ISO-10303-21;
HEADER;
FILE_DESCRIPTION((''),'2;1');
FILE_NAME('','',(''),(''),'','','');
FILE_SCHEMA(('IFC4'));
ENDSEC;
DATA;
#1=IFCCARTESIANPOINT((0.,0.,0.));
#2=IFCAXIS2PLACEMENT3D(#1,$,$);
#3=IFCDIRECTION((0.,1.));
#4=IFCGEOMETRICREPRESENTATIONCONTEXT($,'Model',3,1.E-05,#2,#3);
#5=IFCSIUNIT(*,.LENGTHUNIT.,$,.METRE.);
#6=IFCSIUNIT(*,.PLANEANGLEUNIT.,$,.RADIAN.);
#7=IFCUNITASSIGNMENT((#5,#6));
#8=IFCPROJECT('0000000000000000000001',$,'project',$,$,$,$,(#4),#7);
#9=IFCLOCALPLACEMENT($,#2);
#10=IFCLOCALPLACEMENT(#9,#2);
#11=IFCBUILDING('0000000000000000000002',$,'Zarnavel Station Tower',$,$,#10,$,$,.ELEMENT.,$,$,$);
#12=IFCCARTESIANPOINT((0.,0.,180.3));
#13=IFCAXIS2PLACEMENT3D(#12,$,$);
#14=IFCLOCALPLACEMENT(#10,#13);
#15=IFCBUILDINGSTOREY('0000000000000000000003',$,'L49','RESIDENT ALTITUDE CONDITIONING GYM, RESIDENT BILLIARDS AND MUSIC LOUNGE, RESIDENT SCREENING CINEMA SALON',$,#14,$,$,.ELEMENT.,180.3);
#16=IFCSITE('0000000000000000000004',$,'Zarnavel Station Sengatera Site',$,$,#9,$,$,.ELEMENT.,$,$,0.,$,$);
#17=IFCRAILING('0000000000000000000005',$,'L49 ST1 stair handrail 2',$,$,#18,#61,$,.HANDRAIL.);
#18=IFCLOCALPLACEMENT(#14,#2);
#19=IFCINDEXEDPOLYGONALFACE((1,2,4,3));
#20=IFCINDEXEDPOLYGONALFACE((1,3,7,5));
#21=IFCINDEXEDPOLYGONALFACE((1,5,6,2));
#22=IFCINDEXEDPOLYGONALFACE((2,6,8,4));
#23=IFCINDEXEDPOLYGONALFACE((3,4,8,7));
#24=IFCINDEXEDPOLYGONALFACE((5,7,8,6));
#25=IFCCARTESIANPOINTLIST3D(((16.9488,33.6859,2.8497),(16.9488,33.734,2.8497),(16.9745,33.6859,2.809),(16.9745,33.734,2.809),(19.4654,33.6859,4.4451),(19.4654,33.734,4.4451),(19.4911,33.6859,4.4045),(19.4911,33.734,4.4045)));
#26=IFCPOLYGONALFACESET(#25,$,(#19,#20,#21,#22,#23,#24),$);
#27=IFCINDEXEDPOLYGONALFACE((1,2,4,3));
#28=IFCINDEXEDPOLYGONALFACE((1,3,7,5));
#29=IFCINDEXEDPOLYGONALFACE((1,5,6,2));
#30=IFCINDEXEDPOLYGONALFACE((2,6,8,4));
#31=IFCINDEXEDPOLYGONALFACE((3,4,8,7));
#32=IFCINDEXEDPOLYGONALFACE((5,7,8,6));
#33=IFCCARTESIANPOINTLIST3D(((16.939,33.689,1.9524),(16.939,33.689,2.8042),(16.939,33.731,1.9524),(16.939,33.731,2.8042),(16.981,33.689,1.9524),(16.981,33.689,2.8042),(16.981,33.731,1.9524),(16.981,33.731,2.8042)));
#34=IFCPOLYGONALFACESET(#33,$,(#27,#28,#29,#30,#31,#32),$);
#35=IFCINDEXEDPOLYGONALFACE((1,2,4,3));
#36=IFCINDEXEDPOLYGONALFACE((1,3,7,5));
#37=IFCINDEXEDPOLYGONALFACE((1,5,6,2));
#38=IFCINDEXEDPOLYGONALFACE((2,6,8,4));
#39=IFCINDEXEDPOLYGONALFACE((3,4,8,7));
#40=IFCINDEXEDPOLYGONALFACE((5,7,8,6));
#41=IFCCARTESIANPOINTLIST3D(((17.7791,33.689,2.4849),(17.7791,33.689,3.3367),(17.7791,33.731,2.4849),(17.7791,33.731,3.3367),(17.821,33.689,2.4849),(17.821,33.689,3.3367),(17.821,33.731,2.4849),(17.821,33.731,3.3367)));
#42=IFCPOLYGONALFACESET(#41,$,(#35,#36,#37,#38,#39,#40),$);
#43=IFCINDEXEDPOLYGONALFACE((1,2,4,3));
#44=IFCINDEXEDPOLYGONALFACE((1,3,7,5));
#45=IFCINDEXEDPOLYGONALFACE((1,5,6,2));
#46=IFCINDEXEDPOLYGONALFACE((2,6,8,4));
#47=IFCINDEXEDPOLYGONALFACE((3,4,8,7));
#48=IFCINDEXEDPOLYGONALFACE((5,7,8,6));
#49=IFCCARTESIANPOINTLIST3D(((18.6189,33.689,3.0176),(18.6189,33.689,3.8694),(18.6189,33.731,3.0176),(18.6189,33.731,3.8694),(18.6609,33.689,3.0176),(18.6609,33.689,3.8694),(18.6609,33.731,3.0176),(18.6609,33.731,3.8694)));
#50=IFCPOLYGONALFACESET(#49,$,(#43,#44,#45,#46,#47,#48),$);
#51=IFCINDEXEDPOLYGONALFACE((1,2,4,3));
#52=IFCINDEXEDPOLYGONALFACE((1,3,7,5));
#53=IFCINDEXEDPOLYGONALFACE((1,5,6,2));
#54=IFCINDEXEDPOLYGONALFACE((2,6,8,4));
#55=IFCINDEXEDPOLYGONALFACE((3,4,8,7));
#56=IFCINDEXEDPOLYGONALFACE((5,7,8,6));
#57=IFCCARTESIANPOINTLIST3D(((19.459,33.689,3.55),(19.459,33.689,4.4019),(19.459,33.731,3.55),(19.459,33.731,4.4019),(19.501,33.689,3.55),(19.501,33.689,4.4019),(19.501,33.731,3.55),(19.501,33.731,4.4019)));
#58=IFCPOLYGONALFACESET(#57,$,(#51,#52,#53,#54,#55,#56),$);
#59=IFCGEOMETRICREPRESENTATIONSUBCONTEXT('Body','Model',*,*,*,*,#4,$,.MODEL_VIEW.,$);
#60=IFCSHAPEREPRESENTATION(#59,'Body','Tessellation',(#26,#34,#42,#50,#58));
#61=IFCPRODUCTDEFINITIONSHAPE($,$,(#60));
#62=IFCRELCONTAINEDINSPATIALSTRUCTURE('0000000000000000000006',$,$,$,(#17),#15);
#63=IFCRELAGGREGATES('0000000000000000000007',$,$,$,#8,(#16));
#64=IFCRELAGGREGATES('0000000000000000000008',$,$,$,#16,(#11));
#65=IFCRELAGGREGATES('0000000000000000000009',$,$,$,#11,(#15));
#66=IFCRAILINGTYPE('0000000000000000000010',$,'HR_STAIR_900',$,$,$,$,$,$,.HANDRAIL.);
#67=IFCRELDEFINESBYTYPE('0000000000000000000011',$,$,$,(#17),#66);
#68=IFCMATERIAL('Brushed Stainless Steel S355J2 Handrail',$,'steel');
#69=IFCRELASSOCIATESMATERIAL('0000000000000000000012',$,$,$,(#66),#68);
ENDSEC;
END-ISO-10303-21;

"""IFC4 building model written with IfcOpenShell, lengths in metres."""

from ifc_helpers import new_model, si_unit, direction, frame, origin, origin_2d, place, context, subcontext, project, spatial, rectangle, extrude, material, type_object, element, save


model = new_model("IFC4")

# Units and contexts
model_context = context("Model", 3, precision=1e-05, world=origin(), true_north=direction((0.0, 1.0)))
body_context = subcontext(model_context, "Body", "Model", "MODEL_VIEW")
ifc_project = project(units=[si_unit("LENGTHUNIT", "METRE"), si_unit("PLANEANGLEUNIT", "RADIAN")], contexts=[model_context])

# Site, building, storey
site_placement = place(None, origin())
site = spatial("IfcSite", under=ifc_project, at=site_placement, Name="Zarnavel Station Sengatera Site", CompositionType="ELEMENT", RefElevation=0.0)
building_placement = place(site_placement, origin())
building = spatial("IfcBuilding", under=site, at=building_placement, Name="Zarnavel Station Tower", CompositionType="ELEMENT")
storey_placement = place(building_placement, frame((0.0, 0.0, 180.3)))
storey = spatial("IfcBuildingStorey", under=building, at=storey_placement, Name="L49", Description="RESIDENT ALTITUDE CONDITIONING GYM, RESIDENT BILLIARDS AND MUSIC LOUNGE, RESIDENT SCREENING CINEMA SALON", CompositionType="ELEMENT", Elevation=180.3)

# Railing
ifc_material_1 = material(Name="Brushed Stainless Steel S355J2 Handrail", Category="steel")
railing_type_1 = type_object("IfcRailingType", Name="HR_STAIR_900", PredefinedType="HANDRAIL", material=ifc_material_1)
railing_1_placement = place(storey_placement, frame((16.96, 33.71, 1.9524)))
element("IfcRailing", 1, at=railing_1_placement, inside=storey, type_object=railing_type_1, Name="L49 ST1 stair handrail 2", PredefinedType="HANDRAIL", context=body_context, shape_type="SweptSolid", body=[
    extrude(rectangle(XDim=0.0481, YDim=0.0481, at=origin_2d()), frame((0.0017, 0.0, 0.877), z_axis=(0.84457, 0.0, 0.535445), x_axis=(0.0, 1.0, 0.0)), (0.0, 0.0, 1.0), 2.9797),
    extrude(rectangle(XDim=0.042, YDim=0.042, at=origin_2d()), origin(), (0.0, 0.0, 1.0), 0.8518),
    extrude(rectangle(XDim=0.042, YDim=0.042, at=origin_2d()), frame((0.8401, 0.0, 0.5325)), (0.0, 0.0, 1.0), 0.8518),
    extrude(rectangle(XDim=0.042, YDim=0.042, at=origin_2d()), frame((1.6799, 0.0, 1.0652)), (0.0, 0.0, 1.0), 0.8518),
    extrude(rectangle(XDim=0.042, YDim=0.042, at=origin_2d()), frame((2.52, 0.0, 1.5977)), (0.0, 0.0, 1.0), 0.8518),
])

save(model, "model.ifc")
